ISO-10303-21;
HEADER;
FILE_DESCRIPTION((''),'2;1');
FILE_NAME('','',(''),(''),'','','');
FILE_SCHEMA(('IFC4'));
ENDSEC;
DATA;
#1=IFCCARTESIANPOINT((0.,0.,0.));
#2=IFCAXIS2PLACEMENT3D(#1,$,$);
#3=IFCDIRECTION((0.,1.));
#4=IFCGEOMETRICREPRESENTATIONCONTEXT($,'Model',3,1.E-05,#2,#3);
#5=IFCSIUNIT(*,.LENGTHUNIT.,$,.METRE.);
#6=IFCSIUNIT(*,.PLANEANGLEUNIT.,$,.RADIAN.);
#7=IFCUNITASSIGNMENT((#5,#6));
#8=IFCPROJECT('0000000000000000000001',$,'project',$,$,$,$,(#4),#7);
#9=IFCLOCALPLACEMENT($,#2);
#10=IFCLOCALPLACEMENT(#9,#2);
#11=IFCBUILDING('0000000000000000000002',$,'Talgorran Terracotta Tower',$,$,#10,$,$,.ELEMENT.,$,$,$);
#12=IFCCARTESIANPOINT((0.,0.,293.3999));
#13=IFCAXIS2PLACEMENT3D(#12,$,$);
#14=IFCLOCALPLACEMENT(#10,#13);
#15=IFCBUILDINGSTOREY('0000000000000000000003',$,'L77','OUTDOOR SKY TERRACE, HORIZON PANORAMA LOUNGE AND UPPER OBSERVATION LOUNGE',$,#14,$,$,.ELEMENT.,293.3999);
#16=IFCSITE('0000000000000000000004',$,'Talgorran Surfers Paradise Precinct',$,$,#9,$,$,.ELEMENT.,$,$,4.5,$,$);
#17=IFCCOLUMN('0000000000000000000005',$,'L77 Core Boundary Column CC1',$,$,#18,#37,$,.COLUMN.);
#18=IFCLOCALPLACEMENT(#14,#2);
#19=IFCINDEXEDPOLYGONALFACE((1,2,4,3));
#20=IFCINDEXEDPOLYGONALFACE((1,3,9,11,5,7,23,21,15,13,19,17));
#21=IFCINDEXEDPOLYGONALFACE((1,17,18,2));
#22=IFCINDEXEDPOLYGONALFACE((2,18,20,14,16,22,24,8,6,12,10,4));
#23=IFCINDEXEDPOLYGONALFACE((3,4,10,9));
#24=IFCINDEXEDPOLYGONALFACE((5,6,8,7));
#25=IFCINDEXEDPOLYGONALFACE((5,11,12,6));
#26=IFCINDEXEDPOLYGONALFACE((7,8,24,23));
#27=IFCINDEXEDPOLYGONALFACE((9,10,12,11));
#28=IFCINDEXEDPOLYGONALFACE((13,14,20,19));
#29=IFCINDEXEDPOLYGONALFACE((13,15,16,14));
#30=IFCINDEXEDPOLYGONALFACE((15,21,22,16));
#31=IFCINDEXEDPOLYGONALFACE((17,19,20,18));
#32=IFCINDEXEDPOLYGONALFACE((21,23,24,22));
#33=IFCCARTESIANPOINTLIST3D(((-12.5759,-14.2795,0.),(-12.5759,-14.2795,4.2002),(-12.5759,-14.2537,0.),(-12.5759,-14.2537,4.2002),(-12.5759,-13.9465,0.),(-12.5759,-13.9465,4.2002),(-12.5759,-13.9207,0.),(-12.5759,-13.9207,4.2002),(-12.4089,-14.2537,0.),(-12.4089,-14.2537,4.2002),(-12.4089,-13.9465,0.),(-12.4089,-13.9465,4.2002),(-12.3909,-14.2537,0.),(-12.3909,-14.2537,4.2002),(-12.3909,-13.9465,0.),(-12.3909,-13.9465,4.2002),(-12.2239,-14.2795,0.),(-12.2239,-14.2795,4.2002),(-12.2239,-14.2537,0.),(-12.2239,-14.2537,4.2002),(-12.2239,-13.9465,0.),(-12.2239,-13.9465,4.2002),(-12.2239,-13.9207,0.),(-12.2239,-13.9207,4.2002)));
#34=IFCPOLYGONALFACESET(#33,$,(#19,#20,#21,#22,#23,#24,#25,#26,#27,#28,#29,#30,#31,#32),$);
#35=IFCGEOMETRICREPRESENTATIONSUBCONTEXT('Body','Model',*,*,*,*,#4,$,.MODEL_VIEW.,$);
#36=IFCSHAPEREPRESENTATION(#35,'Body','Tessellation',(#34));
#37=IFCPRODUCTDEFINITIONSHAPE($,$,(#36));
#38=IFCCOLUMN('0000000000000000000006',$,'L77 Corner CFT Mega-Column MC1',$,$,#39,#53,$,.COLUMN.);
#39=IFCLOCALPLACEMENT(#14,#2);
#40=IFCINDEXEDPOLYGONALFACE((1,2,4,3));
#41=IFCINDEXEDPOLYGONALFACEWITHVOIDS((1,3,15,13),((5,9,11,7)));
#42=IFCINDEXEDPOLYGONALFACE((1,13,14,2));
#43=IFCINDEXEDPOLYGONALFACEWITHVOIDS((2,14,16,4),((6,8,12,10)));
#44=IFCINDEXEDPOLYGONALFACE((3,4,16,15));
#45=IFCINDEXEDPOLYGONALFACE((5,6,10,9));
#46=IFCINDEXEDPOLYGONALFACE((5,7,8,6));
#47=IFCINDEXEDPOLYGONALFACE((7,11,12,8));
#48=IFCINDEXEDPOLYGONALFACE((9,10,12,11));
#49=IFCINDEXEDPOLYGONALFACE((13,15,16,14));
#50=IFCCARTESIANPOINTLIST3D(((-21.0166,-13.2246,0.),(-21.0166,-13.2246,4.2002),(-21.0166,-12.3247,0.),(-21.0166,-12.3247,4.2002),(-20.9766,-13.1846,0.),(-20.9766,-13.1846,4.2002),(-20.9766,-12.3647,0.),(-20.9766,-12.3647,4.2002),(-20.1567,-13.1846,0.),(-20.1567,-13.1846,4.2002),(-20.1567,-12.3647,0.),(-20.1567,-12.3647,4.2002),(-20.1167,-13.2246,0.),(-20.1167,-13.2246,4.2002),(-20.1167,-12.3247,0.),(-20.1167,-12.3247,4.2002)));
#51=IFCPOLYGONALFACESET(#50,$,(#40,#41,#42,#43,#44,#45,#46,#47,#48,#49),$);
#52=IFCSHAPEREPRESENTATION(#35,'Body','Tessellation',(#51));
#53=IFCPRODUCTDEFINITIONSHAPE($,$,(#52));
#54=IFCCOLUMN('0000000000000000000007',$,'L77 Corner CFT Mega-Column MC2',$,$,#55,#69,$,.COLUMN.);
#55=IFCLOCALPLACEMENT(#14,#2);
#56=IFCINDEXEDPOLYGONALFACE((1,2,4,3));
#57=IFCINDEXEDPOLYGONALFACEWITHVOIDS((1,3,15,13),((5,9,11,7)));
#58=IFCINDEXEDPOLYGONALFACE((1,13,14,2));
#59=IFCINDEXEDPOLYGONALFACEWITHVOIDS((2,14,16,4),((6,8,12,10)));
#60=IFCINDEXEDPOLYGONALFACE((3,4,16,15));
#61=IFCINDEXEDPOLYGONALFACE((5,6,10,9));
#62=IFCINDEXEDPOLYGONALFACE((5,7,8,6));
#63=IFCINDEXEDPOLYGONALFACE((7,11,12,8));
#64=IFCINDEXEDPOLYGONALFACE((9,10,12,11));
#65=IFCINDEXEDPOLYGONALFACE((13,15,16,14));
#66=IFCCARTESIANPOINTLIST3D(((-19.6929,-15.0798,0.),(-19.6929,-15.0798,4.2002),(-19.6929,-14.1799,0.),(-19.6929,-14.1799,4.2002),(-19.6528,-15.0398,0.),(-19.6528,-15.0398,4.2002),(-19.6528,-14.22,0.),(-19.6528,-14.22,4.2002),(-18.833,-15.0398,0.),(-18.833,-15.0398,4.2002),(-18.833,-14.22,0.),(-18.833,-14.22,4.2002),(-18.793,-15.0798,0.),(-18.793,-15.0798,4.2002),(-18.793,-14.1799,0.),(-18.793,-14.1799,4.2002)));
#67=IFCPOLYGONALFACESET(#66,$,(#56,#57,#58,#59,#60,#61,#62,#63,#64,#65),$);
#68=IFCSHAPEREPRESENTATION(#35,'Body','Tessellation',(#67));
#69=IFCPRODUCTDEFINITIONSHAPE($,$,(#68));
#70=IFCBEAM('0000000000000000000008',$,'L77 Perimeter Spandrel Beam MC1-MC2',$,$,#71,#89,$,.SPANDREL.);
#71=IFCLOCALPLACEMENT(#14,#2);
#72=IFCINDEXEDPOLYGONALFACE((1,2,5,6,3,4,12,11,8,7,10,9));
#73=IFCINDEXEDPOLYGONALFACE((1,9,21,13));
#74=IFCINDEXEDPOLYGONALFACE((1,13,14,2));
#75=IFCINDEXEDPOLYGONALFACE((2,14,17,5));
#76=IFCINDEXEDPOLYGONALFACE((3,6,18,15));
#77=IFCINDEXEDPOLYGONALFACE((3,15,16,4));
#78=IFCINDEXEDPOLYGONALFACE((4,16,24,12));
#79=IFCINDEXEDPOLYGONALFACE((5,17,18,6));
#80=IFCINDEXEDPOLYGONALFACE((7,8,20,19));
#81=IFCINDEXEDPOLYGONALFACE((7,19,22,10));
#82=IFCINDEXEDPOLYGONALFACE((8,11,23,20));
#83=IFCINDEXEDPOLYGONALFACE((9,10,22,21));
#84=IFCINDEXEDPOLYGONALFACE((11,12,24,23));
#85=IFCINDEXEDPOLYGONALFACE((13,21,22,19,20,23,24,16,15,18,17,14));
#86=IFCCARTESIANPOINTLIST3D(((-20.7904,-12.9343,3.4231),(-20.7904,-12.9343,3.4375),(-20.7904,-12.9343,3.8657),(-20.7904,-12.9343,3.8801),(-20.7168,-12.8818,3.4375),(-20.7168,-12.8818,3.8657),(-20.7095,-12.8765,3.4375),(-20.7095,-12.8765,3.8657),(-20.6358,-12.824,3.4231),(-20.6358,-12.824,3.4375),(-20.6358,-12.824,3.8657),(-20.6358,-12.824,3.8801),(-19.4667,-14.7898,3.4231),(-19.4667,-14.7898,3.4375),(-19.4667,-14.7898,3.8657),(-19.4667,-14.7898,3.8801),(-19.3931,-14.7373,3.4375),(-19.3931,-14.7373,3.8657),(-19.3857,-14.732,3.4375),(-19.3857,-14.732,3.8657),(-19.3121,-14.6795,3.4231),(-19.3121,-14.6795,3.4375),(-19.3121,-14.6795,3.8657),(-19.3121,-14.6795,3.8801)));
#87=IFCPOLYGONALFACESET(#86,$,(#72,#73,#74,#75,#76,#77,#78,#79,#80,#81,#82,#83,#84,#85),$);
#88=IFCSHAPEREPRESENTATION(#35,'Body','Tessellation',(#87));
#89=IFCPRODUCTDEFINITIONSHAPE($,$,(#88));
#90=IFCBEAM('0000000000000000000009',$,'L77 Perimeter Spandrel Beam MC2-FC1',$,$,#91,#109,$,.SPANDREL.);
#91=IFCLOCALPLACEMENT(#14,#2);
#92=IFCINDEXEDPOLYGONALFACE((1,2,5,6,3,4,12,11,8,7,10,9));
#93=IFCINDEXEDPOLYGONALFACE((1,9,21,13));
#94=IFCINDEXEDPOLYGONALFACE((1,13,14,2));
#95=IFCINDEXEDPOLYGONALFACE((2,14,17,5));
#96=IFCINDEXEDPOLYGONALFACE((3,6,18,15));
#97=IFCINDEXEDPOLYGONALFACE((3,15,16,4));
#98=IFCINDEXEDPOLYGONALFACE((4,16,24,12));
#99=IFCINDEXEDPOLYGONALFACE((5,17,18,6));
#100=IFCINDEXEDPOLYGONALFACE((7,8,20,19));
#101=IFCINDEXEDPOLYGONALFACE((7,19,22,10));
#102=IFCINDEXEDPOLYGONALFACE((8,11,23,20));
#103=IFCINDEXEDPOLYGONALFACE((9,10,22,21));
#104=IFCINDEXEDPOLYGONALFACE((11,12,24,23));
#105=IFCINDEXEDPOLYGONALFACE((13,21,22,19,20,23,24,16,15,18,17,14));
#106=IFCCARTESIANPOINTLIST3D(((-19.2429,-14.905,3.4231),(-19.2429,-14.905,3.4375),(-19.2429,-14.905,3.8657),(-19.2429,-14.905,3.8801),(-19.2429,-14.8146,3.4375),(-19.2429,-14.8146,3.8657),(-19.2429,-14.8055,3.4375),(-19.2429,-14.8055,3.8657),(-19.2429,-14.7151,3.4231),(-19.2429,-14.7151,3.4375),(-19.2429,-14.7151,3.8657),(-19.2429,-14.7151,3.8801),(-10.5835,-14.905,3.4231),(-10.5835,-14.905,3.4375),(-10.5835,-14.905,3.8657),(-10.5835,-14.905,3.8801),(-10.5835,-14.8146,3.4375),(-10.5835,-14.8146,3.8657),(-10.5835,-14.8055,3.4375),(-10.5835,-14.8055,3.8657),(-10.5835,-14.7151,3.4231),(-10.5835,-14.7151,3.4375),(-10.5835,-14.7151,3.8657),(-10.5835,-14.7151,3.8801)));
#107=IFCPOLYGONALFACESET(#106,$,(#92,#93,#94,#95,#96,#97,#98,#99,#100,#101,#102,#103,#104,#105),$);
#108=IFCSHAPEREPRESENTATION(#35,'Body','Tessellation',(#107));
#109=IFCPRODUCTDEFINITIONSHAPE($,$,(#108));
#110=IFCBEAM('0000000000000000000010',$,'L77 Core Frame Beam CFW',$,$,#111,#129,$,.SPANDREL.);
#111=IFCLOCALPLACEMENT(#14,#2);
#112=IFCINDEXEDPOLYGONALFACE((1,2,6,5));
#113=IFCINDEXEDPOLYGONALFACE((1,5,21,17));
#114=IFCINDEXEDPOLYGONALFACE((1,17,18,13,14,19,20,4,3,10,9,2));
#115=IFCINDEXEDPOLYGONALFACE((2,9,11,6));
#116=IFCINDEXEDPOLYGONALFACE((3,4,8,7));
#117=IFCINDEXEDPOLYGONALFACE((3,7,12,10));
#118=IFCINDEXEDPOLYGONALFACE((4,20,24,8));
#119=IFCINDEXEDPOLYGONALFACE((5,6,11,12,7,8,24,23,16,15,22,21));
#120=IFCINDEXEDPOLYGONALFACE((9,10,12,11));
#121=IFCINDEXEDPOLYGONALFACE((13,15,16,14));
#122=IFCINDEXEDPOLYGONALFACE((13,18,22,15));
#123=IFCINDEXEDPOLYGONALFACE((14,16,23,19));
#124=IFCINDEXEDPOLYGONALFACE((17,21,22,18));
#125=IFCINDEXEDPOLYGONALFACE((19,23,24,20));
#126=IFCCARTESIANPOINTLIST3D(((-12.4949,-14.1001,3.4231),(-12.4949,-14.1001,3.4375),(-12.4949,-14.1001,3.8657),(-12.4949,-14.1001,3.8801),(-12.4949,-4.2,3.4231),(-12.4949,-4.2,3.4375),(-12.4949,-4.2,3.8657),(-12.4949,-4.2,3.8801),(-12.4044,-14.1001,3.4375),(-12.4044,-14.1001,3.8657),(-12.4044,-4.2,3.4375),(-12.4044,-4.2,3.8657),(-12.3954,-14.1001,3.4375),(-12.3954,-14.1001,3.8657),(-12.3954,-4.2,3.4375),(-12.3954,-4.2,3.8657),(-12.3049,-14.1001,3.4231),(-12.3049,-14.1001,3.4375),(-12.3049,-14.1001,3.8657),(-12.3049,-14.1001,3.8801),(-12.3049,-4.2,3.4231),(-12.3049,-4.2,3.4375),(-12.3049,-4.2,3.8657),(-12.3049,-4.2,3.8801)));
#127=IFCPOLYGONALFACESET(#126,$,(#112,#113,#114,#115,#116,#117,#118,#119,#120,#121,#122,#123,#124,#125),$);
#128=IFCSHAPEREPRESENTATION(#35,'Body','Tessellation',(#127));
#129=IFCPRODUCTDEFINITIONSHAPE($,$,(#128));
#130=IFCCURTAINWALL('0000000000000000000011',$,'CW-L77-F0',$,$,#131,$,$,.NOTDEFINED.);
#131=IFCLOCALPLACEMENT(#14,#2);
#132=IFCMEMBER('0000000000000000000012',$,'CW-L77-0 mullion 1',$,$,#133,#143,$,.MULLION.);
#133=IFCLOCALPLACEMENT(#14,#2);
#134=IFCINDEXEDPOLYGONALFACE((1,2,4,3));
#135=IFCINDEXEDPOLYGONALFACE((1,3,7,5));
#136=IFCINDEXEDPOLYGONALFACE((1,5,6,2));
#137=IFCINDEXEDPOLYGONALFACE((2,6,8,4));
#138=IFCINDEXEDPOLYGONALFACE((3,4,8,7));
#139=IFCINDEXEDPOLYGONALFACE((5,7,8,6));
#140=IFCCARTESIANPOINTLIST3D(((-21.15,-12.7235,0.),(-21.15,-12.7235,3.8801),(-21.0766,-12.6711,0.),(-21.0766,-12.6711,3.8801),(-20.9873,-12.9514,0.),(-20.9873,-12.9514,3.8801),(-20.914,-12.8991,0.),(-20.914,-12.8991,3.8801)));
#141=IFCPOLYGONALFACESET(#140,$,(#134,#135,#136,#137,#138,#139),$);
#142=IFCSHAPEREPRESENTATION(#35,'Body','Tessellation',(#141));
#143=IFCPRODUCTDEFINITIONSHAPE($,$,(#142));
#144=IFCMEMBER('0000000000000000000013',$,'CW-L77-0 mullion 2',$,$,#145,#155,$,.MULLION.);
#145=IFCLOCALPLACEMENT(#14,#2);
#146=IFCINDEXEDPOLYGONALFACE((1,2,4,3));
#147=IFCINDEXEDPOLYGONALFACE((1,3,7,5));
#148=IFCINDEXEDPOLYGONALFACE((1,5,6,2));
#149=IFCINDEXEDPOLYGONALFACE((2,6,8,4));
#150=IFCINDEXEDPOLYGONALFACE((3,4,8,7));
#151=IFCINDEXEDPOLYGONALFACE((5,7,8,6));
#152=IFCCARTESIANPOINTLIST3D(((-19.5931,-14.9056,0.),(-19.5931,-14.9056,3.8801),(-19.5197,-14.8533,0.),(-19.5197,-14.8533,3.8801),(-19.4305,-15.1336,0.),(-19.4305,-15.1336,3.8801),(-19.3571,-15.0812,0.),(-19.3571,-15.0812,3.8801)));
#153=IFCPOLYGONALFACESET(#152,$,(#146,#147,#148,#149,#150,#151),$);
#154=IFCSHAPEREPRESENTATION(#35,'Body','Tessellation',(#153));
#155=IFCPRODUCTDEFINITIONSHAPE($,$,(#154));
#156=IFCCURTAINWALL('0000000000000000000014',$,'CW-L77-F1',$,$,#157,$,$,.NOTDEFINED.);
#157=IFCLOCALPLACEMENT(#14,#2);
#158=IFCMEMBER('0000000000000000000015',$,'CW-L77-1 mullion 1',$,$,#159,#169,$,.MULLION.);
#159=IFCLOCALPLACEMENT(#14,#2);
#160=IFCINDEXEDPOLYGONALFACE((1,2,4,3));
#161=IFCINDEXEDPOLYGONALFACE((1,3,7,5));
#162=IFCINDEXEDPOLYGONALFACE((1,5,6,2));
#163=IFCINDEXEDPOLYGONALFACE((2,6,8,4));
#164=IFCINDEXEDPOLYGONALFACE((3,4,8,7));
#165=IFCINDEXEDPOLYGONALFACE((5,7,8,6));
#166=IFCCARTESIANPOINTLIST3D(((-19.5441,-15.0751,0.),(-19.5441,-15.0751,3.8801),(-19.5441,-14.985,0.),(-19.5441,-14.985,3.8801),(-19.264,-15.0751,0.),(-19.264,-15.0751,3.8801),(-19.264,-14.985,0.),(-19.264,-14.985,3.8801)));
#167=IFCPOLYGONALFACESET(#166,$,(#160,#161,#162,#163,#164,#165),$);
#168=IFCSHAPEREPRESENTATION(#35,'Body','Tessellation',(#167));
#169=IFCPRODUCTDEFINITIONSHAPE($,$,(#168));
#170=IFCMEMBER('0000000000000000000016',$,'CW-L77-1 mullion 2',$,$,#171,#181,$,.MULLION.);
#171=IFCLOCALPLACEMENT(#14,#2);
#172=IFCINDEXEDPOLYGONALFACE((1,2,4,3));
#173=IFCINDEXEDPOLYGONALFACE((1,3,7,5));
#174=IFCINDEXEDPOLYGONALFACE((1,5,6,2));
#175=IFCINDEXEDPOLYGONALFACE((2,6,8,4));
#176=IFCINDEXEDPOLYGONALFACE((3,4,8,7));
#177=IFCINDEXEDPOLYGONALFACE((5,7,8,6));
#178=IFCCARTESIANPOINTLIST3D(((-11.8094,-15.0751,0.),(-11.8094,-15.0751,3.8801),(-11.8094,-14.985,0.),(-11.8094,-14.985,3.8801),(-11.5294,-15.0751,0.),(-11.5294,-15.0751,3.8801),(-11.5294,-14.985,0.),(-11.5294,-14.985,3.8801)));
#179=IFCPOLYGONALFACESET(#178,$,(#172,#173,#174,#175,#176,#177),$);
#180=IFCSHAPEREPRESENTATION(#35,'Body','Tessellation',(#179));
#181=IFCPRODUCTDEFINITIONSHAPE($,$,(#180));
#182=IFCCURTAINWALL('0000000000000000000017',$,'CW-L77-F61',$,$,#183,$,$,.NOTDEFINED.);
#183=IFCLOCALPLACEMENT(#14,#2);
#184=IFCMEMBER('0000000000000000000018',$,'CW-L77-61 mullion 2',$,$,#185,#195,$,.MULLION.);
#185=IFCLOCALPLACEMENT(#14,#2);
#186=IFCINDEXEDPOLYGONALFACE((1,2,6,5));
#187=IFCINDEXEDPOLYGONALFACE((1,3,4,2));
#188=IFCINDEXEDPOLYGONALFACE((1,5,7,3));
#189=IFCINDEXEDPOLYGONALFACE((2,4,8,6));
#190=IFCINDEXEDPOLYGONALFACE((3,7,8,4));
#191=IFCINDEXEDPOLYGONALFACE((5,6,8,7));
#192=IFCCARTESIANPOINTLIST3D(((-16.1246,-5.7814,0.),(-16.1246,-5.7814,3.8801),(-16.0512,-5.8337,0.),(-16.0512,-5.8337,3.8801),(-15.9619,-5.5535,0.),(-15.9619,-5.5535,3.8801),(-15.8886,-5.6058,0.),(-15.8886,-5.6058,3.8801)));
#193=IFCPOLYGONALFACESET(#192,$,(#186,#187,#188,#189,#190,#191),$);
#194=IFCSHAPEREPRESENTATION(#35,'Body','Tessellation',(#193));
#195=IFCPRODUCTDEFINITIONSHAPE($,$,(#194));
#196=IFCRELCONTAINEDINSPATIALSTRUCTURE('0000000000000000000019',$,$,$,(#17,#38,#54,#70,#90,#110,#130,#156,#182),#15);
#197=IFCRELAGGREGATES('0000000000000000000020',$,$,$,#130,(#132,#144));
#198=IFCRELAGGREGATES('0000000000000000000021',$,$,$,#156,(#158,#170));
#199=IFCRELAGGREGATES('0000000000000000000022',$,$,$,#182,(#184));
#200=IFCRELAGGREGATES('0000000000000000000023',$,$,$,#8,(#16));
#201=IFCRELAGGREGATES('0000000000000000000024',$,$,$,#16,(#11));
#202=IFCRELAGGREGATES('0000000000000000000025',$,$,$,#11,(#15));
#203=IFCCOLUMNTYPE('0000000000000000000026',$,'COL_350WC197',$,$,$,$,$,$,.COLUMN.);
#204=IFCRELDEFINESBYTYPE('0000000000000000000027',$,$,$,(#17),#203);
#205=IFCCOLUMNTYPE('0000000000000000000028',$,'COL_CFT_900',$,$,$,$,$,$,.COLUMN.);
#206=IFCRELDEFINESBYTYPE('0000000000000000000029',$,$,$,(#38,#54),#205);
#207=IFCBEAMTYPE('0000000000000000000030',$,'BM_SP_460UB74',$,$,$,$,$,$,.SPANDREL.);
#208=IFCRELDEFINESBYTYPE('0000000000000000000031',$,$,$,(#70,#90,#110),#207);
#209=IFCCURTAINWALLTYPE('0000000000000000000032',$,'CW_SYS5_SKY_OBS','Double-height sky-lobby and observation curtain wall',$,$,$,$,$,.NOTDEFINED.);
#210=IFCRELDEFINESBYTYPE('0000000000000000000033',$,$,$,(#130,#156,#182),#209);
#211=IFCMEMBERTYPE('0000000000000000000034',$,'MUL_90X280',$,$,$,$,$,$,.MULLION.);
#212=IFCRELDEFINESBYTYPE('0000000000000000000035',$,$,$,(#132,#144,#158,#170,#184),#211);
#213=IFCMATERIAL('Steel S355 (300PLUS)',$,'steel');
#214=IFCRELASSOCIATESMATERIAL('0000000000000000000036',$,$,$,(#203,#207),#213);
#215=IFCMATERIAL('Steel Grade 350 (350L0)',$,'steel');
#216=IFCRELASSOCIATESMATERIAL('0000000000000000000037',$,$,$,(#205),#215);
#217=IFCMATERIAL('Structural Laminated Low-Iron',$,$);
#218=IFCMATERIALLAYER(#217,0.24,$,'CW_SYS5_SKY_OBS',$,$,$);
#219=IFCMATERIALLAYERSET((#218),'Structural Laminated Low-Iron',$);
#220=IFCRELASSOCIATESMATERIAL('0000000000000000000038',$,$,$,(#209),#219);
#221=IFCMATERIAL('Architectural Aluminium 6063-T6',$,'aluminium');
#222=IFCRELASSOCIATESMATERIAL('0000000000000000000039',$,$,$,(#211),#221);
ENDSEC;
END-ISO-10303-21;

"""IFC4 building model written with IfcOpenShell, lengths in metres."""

from ifc_helpers import new_model, si_unit, direction, frame, origin, origin_2d, place, context, subcontext, project, spatial, rectangle, hollow_rectangle, i_section, extrude, material, layer, layer_set, material_profile, profile_set, type_object, element, aggregate, save


model = new_model("IFC4")

# Units and contexts
model_context = context("Model", 3, precision=1e-05, world=origin(), true_north=direction((0.0, 1.0)))
body_context = subcontext(model_context, "Body", "Model", "MODEL_VIEW")
ifc_project = project(units=[si_unit("LENGTHUNIT", "METRE"), si_unit("PLANEANGLEUNIT", "RADIAN")], contexts=[model_context])

# Site, building, storey
site_placement = place(None, origin())
site = spatial("IfcSite", under=ifc_project, at=site_placement, Name="Talgorran Surfers Paradise Precinct", CompositionType="ELEMENT", RefElevation=4.5)
building_placement = place(site_placement, origin())
building = spatial("IfcBuilding", under=site, at=building_placement, Name="Talgorran Terracotta Tower", CompositionType="ELEMENT")
storey_placement = place(building_placement, frame((0.0, 0.0, 293.3999)))
storey = spatial("IfcBuildingStorey", under=building, at=storey_placement, Name="L77", Description="OUTDOOR SKY TERRACE, HORIZON PANORAMA LOUNGE AND UPPER OBSERVATION LOUNGE", CompositionType="ELEMENT", Elevation=293.3999)

# Columns
ifc_material_1 = material(Name="Steel S355 (300PLUS)", Category="steel")
ifc_material_profile_1 = material_profile(ifc_material_1, i_section(OverallWidth=0.3521, OverallDepth=0.3589, WebThickness=0.0181, FlangeThickness=0.0259, at=origin_2d()), Name="350WC197")
ifc_profile_set_1 = profile_set([ifc_material_profile_1], Name="Steel S355 (300PLUS)")
column_type_1 = type_object("IfcColumnType", Name="COL_350WC197", PredefinedType="COLUMN", material=ifc_profile_set_1)
column_placement = place(storey_placement, frame((-12.3999, -14.1001, 0.0), z_axis=(0.0, 0.0, 1.0), x_axis=(1.0, 0.0, 0.0)))
element("IfcColumn", 1, at=column_placement, inside=storey, type_object=column_type_1, Name="L77 Core Boundary Column CC1", PredefinedType="COLUMN", context=body_context, shape_type="SweptSolid", body=[
    extrude(i_section(OverallWidth=0.3521, OverallDepth=0.3589, WebThickness=0.0181, FlangeThickness=0.0259, at=origin_2d()), origin(), (0.0, 0.0, 1.0), 4.2002),
])
ifc_material_2 = material(Name="Steel Grade 350 (350L0)", Category="steel")
ifc_material_profile_2 = material_profile(ifc_material_2, hollow_rectangle(XDim=0.8999, YDim=0.8999, WallThickness=0.04, at=origin_2d()), Name="CFT900X900X40")
ifc_profile_set_2 = profile_set([ifc_material_profile_2], Name="Steel Grade 350 (350L0)")
column_type_2 = type_object("IfcColumnType", Name="COL_CFT_900", PredefinedType="COLUMN", material=ifc_profile_set_2)
for number, where, z_axis, x_axis, name in (
    (2, (-20.5667, -12.7747, 0.0), (0.0, 0.0, 1.0), (1.0, 0.0, 0.0), "L77 Corner CFT Mega-Column MC1"),
    (3, (-19.2429, -14.6299, 0.0), (0.0, 0.0, 1.0), (1.0, 0.0, 0.0), "L77 Corner CFT Mega-Column MC2"),
):
    element("IfcColumn", number, at=place(storey_placement, frame(where, z_axis=z_axis, x_axis=x_axis)), inside=storey, type_object=column_type_2, Name=name, PredefinedType="COLUMN", context=body_context, shape_type="SweptSolid", body=[
        extrude(hollow_rectangle(XDim=0.8999, YDim=0.8999, WallThickness=0.04, at=origin_2d()), origin(), (0.0, 0.0, 1.0), 4.2002),
    ])

# Beams
ifc_material_profile_3 = material_profile(ifc_material_1, i_section(OverallWidth=0.1899, OverallDepth=0.457, WebThickness=0.009, FlangeThickness=0.0144, at=origin_2d()), Name="460UB74.6")
ifc_profile_set_3 = profile_set([ifc_material_profile_3], Name="Steel S355 (300PLUS)")
beam_type = type_object("IfcBeamType", Name="BM_SP_460UB74", PredefinedType="SPANDREL", material=ifc_profile_set_3)
beam_1_placement = place(storey_placement, frame((-20.7131, -12.8792, 3.6516), z_axis=(0.580772, -0.814066, 0.0), x_axis=(0.814066, 0.580772, 0.0)))
element("IfcBeam", 4, at=beam_1_placement, inside=storey, type_object=beam_type, Name="L77 Perimeter Spandrel Beam MC1-MC2", PredefinedType="SPANDREL", context=body_context, shape_type="SweptSolid", body=[
    extrude(i_section(OverallWidth=0.1899, OverallDepth=0.457, WebThickness=0.009, FlangeThickness=0.0144, at=origin_2d()), origin(), (0.0, 0.0, 1.0), 2.2793),
])
beam_2_placement = place(storey_placement, frame((-19.2429, -14.8101, 3.6516), z_axis=(1.0, 0.0, 0.0), x_axis=(0.0, 1.0, 0.0)))
element("IfcBeam", 5, at=beam_2_placement, inside=storey, type_object=beam_type, Name="L77 Perimeter Spandrel Beam MC2-FC1", PredefinedType="SPANDREL", context=body_context, shape_type="SweptSolid", body=[
    extrude(i_section(OverallWidth=0.1899, OverallDepth=0.457, WebThickness=0.009, FlangeThickness=0.0144, at=origin_2d()), origin(), (0.0, 0.0, 1.0), 8.6594),
])
beam_3_placement = place(storey_placement, frame((-12.3999, -14.1001, 3.6516), z_axis=(0.0, 1.0, 0.0), x_axis=(-1.0, 0.0, 0.0)))
element("IfcBeam", 6, at=beam_3_placement, inside=storey, type_object=beam_type, Name="L77 Core Frame Beam CFW", PredefinedType="SPANDREL", context=body_context, shape_type="SweptSolid", body=[
    extrude(i_section(OverallWidth=0.1899, OverallDepth=0.457, WebThickness=0.009, FlangeThickness=0.0144, at=origin_2d()), origin(), (0.0, 0.0, 1.0), 9.9001),
])

# Curtain walls, members
ifc_material_3 = material(Name="Structural Laminated Low-Iron")
ifc_layer_1 = layer(ifc_material_3, 0.24, Name="CW_SYS5_SKY_OBS")
ifc_layer_set_1 = layer_set([ifc_layer_1], Name="Structural Laminated Low-Iron")
curtain_wall_type = type_object("IfcCurtainWallType", Name="CW_SYS5_SKY_OBS", Description="Double-height sky-lobby and observation curtain wall", PredefinedType="NOTDEFINED", material=ifc_layer_set_1)
curtain_wall_1_placement = place(storey_placement, origin())
curtain_wall_1 = element("IfcCurtainWall", 7, at=curtain_wall_1_placement, inside=storey, type_object=curtain_wall_type, Name="CW-L77-F0", PredefinedType="NOTDEFINED")
ifc_material_4 = material(Name="Architectural Aluminium 6063-T6", Category="aluminium")
ifc_material_profile_4 = material_profile(ifc_material_4, rectangle(XDim=0.0901, YDim=0.28, at=origin_2d()), Name="CWM90X280")
ifc_profile_set_4 = profile_set([ifc_material_profile_4], Name="Architectural Aluminium 6063-T6")
member_type_1 = type_object("IfcMemberType", Name="MUL_90X280", PredefinedType="MULLION", material=ifc_profile_set_4)
member_1_placement = place(storey_placement, frame((-21.032, -12.8113, 0.0), z_axis=(0.0, 0.0, 1.0), x_axis=(0.814075, 0.58076, 0.0)))
member_1 = element("IfcMember", 8, at=member_1_placement, type_object=member_type_1, Name="CW-L77-0 mullion 1", PredefinedType="MULLION", context=body_context, shape_type="SweptSolid", body=[
    extrude(rectangle(XDim=0.0901, YDim=0.28, at=origin_2d()), origin(), (0.0, 0.0, 1.0), 3.8801),
])
member_2_placement = place(storey_placement, frame((-19.4751, -14.9934, 0.0), z_axis=(0.0, 0.0, 1.0), x_axis=(0.814075, 0.58076, 0.0)))
member_2 = element("IfcMember", 9, at=member_2_placement, type_object=member_type_1, Name="CW-L77-0 mullion 2", PredefinedType="MULLION", context=body_context, shape_type="SweptSolid", body=[
    extrude(rectangle(XDim=0.0901, YDim=0.28, at=origin_2d()), origin(), (0.0, 0.0, 1.0), 3.8801),
])
curtain_wall_2_placement = place(storey_placement, origin())
curtain_wall_2 = element("IfcCurtainWall", 10, at=curtain_wall_2_placement, inside=storey, type_object=curtain_wall_type, Name="CW-L77-F1", PredefinedType="NOTDEFINED")
member_3_placement = place(storey_placement, frame((-19.4041, -15.03, 0.0), z_axis=(0.0, 0.0, 1.0), x_axis=(0.0, 1.0, 0.0)))
member_3 = element("IfcMember", 11, at=member_3_placement, type_object=member_type_1, Name="CW-L77-1 mullion 1", PredefinedType="MULLION", context=body_context, shape_type="SweptSolid", body=[
    extrude(rectangle(XDim=0.0901, YDim=0.28, at=origin_2d()), origin(), (0.0, 0.0, 1.0), 3.8801),
])
member_4_placement = place(storey_placement, frame((-11.6694, -15.03, 0.0), z_axis=(0.0, 0.0, 1.0), x_axis=(0.0, 1.0, 0.0)))
member_4 = element("IfcMember", 12, at=member_4_placement, type_object=member_type_1, Name="CW-L77-1 mullion 2", PredefinedType="MULLION", context=body_context, shape_type="SweptSolid", body=[
    extrude(rectangle(XDim=0.0901, YDim=0.28, at=origin_2d()), origin(), (0.0, 0.0, 1.0), 3.8801),
])
curtain_wall_3_placement = place(storey_placement, origin())
curtain_wall_3 = element("IfcCurtainWall", 13, at=curtain_wall_3_placement, inside=storey, type_object=curtain_wall_type, Name="CW-L77-F61", PredefinedType="NOTDEFINED")
member_5_placement = place(storey_placement, frame((-16.0066, -5.6936, 0.0), z_axis=(0.0, 0.0, 1.0), x_axis=(0.814074, -0.580761, 0.0)))
member_5 = element("IfcMember", 14, at=member_5_placement, type_object=member_type_1, Name="CW-L77-61 mullion 2", PredefinedType="MULLION", context=body_context, shape_type="SweptSolid", body=[
    extrude(rectangle(XDim=0.0901, YDim=0.28, at=origin_2d()), origin(), (0.0, 0.0, 1.0), 3.8801),
])

aggregate(curtain_wall_1, [member_1, member_2])
aggregate(curtain_wall_2, [member_3, member_4])
aggregate(curtain_wall_3, [member_5])

save(model, "model.ifc")
